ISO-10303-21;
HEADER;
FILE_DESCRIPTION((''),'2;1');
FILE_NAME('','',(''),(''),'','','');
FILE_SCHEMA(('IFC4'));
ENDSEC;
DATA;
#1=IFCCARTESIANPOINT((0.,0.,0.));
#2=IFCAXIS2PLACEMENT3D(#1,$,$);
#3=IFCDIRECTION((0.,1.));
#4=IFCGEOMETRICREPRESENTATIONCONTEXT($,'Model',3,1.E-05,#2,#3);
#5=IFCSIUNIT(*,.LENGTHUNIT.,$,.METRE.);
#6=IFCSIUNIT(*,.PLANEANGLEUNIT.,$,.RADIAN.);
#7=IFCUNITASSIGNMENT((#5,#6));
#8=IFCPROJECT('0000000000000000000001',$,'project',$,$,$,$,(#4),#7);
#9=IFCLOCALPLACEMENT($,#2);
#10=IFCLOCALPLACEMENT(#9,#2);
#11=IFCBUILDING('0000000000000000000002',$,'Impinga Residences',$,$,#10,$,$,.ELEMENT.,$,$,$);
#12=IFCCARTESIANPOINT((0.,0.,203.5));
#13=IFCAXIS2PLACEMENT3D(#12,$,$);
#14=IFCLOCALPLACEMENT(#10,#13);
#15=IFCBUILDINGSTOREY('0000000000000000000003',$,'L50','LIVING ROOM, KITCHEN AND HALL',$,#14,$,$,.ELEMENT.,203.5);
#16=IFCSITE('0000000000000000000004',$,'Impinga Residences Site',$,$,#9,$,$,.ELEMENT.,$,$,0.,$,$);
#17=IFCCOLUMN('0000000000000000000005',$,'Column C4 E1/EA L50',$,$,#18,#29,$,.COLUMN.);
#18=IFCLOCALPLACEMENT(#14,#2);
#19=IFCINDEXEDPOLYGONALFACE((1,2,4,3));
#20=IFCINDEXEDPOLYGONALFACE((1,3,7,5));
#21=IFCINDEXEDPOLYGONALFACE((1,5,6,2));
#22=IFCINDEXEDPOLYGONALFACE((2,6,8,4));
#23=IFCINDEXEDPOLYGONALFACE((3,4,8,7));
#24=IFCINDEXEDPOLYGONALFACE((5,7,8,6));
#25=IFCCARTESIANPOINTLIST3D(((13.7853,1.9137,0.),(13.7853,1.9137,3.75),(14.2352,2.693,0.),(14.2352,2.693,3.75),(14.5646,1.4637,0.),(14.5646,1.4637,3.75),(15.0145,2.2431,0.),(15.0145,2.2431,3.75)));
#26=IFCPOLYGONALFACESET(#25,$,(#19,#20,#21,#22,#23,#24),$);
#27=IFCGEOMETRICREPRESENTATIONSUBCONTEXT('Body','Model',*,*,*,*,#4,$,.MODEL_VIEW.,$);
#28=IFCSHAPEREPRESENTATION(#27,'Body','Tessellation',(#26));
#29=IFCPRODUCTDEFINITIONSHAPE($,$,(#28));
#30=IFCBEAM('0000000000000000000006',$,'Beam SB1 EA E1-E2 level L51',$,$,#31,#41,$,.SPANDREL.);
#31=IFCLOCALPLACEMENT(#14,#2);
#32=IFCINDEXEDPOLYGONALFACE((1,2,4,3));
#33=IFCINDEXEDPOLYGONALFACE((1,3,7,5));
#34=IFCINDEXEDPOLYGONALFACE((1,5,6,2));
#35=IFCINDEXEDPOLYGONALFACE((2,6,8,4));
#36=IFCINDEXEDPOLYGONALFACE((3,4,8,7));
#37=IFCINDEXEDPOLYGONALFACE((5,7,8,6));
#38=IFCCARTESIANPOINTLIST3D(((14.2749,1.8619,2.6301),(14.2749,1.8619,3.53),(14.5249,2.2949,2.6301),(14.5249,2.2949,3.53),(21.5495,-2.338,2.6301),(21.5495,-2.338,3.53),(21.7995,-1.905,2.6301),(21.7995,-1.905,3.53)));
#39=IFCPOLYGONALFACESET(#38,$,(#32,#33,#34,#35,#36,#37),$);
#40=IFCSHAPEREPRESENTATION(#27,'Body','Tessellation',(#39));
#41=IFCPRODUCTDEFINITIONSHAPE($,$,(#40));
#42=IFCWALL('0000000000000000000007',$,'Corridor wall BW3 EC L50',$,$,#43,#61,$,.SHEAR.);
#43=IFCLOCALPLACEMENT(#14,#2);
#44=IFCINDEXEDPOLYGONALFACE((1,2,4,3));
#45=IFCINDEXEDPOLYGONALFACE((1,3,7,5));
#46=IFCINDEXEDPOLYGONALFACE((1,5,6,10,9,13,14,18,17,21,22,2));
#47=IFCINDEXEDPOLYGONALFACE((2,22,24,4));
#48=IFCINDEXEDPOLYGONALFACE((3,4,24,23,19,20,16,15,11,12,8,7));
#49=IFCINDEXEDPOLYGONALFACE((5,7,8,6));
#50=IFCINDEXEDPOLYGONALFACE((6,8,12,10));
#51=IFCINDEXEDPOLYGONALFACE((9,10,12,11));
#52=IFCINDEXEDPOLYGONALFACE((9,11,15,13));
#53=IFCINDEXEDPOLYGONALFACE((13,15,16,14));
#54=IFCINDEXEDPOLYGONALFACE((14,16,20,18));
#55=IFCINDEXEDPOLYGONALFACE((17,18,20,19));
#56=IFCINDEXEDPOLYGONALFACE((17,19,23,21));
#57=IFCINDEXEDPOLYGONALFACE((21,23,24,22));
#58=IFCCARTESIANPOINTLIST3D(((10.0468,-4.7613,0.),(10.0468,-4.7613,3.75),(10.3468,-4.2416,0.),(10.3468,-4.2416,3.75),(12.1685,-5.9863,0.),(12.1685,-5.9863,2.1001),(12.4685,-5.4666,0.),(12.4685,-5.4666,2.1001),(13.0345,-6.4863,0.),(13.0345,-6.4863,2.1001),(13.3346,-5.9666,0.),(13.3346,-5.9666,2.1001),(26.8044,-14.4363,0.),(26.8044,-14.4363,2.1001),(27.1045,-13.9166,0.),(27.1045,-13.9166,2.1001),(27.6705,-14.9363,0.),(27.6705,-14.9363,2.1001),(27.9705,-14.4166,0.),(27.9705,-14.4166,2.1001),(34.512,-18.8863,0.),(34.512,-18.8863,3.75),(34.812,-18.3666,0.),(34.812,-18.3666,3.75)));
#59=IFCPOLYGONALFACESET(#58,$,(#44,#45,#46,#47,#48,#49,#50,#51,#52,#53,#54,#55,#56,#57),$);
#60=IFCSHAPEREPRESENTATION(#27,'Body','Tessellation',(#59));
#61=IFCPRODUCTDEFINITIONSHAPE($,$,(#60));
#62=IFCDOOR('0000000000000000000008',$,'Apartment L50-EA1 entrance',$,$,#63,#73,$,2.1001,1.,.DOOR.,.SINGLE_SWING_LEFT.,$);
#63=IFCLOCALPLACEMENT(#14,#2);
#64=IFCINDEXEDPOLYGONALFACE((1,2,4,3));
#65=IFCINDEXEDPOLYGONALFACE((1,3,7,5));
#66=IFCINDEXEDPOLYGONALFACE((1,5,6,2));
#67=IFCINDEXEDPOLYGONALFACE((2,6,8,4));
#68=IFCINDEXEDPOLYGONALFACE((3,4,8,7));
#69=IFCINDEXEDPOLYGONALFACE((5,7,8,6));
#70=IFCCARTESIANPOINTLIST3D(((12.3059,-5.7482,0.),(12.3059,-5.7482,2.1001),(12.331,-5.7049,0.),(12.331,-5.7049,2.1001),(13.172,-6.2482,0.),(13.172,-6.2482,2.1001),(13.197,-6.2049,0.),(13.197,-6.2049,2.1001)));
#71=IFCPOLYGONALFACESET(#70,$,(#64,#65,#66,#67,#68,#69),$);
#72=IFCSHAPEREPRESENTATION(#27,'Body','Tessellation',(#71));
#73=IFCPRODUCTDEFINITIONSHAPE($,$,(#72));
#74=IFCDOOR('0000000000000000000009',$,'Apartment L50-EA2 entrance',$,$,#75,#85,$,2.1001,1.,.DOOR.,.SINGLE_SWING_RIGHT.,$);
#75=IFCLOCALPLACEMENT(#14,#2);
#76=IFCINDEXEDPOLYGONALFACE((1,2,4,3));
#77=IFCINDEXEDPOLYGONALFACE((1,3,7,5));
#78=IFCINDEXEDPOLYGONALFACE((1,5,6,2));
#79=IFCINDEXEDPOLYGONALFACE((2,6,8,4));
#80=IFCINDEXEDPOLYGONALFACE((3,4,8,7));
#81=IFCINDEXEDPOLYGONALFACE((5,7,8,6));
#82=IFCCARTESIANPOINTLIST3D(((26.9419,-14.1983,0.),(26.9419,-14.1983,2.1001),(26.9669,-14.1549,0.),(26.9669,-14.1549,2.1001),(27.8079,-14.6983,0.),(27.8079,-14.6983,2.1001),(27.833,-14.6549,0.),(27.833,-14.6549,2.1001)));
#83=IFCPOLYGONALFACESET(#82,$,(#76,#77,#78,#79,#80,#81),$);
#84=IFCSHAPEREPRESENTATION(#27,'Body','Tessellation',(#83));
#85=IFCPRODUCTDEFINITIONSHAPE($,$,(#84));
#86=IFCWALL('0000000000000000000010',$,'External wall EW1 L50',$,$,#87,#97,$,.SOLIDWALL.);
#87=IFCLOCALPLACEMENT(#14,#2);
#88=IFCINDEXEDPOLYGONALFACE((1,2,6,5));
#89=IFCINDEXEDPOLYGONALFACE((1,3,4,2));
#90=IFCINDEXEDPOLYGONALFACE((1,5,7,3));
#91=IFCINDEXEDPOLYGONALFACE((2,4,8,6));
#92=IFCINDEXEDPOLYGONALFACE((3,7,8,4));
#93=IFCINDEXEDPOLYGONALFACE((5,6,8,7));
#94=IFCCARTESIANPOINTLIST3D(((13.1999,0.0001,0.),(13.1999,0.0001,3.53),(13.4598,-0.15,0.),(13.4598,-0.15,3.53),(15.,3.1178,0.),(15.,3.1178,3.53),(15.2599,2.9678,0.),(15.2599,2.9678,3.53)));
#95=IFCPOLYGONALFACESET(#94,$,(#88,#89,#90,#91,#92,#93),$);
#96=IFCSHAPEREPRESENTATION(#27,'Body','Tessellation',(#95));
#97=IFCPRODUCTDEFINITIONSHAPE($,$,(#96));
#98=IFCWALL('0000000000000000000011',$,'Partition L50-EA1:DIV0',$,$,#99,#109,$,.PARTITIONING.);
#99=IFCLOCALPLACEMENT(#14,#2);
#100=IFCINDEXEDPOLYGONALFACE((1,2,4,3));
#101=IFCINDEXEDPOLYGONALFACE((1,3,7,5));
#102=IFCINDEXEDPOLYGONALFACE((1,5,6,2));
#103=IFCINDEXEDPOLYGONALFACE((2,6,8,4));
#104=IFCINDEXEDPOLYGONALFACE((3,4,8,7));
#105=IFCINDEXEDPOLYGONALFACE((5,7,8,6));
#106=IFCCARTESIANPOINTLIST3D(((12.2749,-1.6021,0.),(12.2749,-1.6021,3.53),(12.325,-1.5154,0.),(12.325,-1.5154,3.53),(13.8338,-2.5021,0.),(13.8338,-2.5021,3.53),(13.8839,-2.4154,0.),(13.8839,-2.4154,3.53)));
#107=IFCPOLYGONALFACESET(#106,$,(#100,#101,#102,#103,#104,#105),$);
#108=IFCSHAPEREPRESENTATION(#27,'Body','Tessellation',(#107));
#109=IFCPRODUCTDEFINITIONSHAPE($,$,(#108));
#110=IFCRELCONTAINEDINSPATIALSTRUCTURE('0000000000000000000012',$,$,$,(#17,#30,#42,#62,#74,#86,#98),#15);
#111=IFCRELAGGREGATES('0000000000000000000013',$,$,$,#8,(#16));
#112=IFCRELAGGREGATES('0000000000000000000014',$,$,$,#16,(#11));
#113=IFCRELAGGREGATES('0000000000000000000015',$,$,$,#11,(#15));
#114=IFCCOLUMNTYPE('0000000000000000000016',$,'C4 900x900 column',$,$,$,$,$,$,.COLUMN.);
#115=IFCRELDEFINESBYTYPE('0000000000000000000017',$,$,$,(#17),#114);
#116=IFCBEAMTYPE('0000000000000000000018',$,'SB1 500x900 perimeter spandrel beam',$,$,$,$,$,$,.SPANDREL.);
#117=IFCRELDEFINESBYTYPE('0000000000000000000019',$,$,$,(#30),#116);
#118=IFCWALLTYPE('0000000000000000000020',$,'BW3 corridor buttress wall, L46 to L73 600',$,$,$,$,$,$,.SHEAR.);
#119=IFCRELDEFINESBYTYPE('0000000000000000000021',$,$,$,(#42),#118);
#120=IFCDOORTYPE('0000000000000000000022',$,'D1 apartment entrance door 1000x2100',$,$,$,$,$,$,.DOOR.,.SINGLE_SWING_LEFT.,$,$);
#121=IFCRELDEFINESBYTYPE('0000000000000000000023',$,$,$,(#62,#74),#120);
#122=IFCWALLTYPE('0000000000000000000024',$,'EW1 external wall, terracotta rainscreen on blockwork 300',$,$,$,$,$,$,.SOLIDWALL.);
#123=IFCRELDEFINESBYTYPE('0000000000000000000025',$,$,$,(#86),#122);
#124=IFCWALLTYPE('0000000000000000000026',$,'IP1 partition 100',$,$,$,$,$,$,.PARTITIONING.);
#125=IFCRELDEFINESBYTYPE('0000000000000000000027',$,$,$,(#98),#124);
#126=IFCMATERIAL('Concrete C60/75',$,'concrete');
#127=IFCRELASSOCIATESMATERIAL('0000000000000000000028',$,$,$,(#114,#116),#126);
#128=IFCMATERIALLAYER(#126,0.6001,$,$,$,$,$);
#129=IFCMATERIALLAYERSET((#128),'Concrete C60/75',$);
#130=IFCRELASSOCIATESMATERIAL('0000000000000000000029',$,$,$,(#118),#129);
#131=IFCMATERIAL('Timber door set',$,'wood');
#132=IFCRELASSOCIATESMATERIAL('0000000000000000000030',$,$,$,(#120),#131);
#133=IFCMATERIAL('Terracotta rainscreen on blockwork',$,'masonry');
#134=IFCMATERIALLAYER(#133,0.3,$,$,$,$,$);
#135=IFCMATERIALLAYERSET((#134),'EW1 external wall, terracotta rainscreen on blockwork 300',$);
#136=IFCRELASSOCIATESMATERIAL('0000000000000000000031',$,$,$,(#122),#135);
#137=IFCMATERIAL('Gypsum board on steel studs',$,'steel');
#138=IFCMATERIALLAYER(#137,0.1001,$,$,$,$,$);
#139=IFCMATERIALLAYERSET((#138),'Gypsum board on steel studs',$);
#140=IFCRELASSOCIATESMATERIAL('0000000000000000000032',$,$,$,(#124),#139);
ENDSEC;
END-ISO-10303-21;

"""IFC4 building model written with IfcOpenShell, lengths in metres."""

from ifc_helpers import new_model, si_unit, direction, frame, frame_2d, origin, origin_2d, place, context, subcontext, project, spatial, rectangle, extrude, material, layer, layer_set, material_profile, profile_set, type_object, element, fill, save


model = new_model("IFC4")

# Units and contexts
model_context = context("Model", 3, precision=1e-05, world=origin(), true_north=direction((0.0, 1.0)))
body_context = subcontext(model_context, "Body", "Model", "MODEL_VIEW")
ifc_project = project(units=[si_unit("LENGTHUNIT", "METRE"), si_unit("PLANEANGLEUNIT", "RADIAN")], contexts=[model_context])

# Site, building, storey
site_placement = place(None, origin())
site = spatial("IfcSite", under=ifc_project, at=site_placement, Name="Impinga Residences Site", CompositionType="ELEMENT", RefElevation=0.0)
building_placement = place(site_placement, origin())
building = spatial("IfcBuilding", under=site, at=building_placement, Name="Impinga Residences", CompositionType="ELEMENT")
storey_placement = place(building_placement, frame((0.0, 0.0, 203.5)))
storey = spatial("IfcBuildingStorey", under=building, at=storey_placement, Name="L50", Description="LIVING ROOM, KITCHEN AND HALL", CompositionType="ELEMENT", Elevation=203.5)

# Column
ifc_material_1 = material(Name="Concrete C60/75", Category="concrete")
ifc_material_profile_1 = material_profile(ifc_material_1, rectangle(XDim=0.8999, YDim=0.8999, at=origin_2d()), Name="RC 900x900")
ifc_profile_set_1 = profile_set([ifc_material_profile_1], Name="Concrete C60/75")
column_type = type_object("IfcColumnType", Name="C4 900x900 column", PredefinedType="COLUMN", material=ifc_profile_set_1)
column_placement = place(storey_placement, frame((14.3999, 2.0784, 0.0), z_axis=(0.0, 0.0, 1.0), x_axis=(-0.5, -0.866025, 0.0)))
element("IfcColumn", 1, at=column_placement, inside=storey, type_object=column_type, Name="Column C4 E1/EA L50", PredefinedType="COLUMN", context=body_context, shape_type="SweptSolid", body=[
    extrude(rectangle(XDim=0.8999, YDim=0.8999, at=origin_2d()), origin(), (0.0, 0.0, 1.0), 3.75),
])

# Beam
ifc_material_profile_2 = material_profile(ifc_material_1, rectangle(XDim=0.5, YDim=0.8999, at=origin_2d()), Name="RC 500x900")
ifc_profile_set_2 = profile_set([ifc_material_profile_2], Name="Concrete C60/75")
beam_type = type_object("IfcBeamType", Name="SB1 500x900 perimeter spandrel beam", PredefinedType="SPANDREL", material=ifc_profile_set_2)
beam_placement = place(storey_placement, frame((14.3999, 2.0784, 3.0801), z_axis=(0.866029, -0.499993, 0.0), x_axis=(0.499993, 0.866029, 0.0)))
element("IfcBeam", 2, at=beam_placement, inside=storey, type_object=beam_type, Name="Beam SB1 EA E1-E2 level L51", PredefinedType="SPANDREL", context=body_context, shape_type="SweptSolid", body=[
    extrude(rectangle(XDim=0.5, YDim=0.8999, at=origin_2d()), origin(), (0.0, 0.0, 1.0), 8.3999),
])

# Wall, openings, doors
ifc_layer_1 = layer(ifc_material_1, 0.6001)
ifc_layer_set_1 = layer_set([ifc_layer_1], Name="Concrete C60/75")
wall_type_1 = type_object("IfcWallType", Name="BW3 corridor buttress wall, L46 to L73 600", PredefinedType="SHEAR", material=ifc_layer_set_1)
wall_1_placement = place(storey_placement, frame((10.1968, -4.5015, 0.0), z_axis=(0.0, 0.0, 1.0), x_axis=(0.866026, -0.499998, 0.0)))
wall_1 = element("IfcWall", 3, at=wall_1_placement, inside=storey, type_object=wall_type_1, Name="Corridor wall BW3 EC L50", PredefinedType="SHEAR", context=body_context, shape_type="SweptSolid", body=[
    extrude(rectangle(XDim=28.25, YDim=0.6001, at=frame_2d((14.125, 0.0))), origin(), (0.0, 0.0, 1.0), 3.75),
])
opening_1_placement = place(wall_1_placement, frame((2.45, 0.0, 0.0)))
opening_1 = element("IfcOpeningElement", 4, at=opening_1_placement, cuts=wall_1, PredefinedType="OPENING", context=body_context, shape_type="SweptSolid", body=[
    extrude(rectangle(XDim=1.0, YDim=2.1001, at=frame_2d((0.5, 1.05))), frame((0.0, 0.3101, 0.0), z_axis=(0.0, -1.0, 0.0), x_axis=(1.0, 0.0, 0.0)), (0.0, 0.0, 1.0), 0.6201),
])
opening_2_placement = place(wall_1_placement, frame((19.3501, 0.0, 0.0)))
opening_2 = element("IfcOpeningElement", 5, at=opening_2_placement, cuts=wall_1, PredefinedType="OPENING", context=body_context, shape_type="SweptSolid", body=[
    extrude(rectangle(XDim=1.0, YDim=2.1001, at=frame_2d((0.5, 1.05))), frame((0.0, 0.3101, 0.0), z_axis=(0.0, -1.0, 0.0), x_axis=(1.0, 0.0, 0.0)), (0.0, 0.0, 1.0), 0.6201),
])
ifc_material_2 = material(Name="Timber door set", Category="wood")
door_type_1 = type_object("IfcDoorType", Name="D1 apartment entrance door 1000x2100", OperationType="SINGLE_SWING_LEFT", PredefinedType="DOOR", material=ifc_material_2)
door_1_placement = place(opening_1_placement, origin())
door_1 = element("IfcDoor", 6, at=door_1_placement, inside=storey, type_object=door_type_1, Name="Apartment L50-EA1 entrance", OperationType="SINGLE_SWING_LEFT", OverallHeight=2.1001, OverallWidth=1.0, PredefinedType="DOOR", context=body_context, shape_type="SweptSolid", body=[
    extrude(rectangle(XDim=1.0, YDim=2.1001, at=frame_2d((0.5, 1.05))), frame((0.0, 0.0249, 0.0), z_axis=(0.0, -1.0, 0.0), x_axis=(1.0, 0.0, 0.0)), (0.0, 0.0, 1.0), 0.05),
])
fill(opening_1, door_1)
door_2_placement = place(opening_2_placement, origin())
door_2 = element("IfcDoor", 7, at=door_2_placement, inside=storey, type_object=door_type_1, Name="Apartment L50-EA2 entrance", OperationType="SINGLE_SWING_RIGHT", OverallHeight=2.1001, OverallWidth=1.0, PredefinedType="DOOR", context=body_context, shape_type="SweptSolid", body=[
    extrude(rectangle(XDim=1.0, YDim=2.1001, at=frame_2d((0.5, 1.05))), frame((0.0, 0.0249, 0.0), z_axis=(0.0, -1.0, 0.0), x_axis=(1.0, 0.0, 0.0)), (0.0, 0.0, 1.0), 0.05),
])
fill(opening_2, door_2)

# Walls
ifc_material_3 = material(Name="Terracotta rainscreen on blockwork", Category="masonry")
ifc_layer_2 = layer(ifc_material_3, 0.3)
ifc_layer_set_2 = layer_set([ifc_layer_2], Name="EW1 external wall, terracotta rainscreen on blockwork 300")
wall_type_2 = type_object("IfcWallType", Name="EW1 external wall, terracotta rainscreen on blockwork 300", PredefinedType="SOLIDWALL", material=ifc_layer_set_2)
wall_2_placement = place(storey_placement, frame((13.3298, -0.075, 0.0), z_axis=(0.0, 0.0, 1.0), x_axis=(0.500012, 0.866018, 0.0)))
element("IfcWall", 8, at=wall_2_placement, inside=storey, type_object=wall_type_2, Name="External wall EW1 L50", PredefinedType="SOLIDWALL", context=body_context, shape_type="SweptSolid", body=[
    extrude(rectangle(XDim=3.6001, YDim=0.3, at=frame_2d((1.8, 0.0))), origin(), (0.0, 0.0, 1.0), 3.53),
])
ifc_material_4 = material(Name="Gypsum board on steel studs", Category="steel")
ifc_layer_3 = layer(ifc_material_4, 0.1001)
ifc_layer_set_3 = layer_set([ifc_layer_3], Name="Gypsum board on steel studs")
wall_type_3 = type_object("IfcWallType", Name="IP1 partition 100", PredefinedType="PARTITIONING", material=ifc_layer_set_3)
wall_3_placement = place(storey_placement, frame((12.3, -1.5588, 0.0), z_axis=(0.0, 0.0, 1.0), x_axis=(0.866048, -0.499961, 0.0)))
element("IfcWall", 9, at=wall_3_placement, inside=storey, type_object=wall_type_3, Name="Partition L50-EA1:DIV0", PredefinedType="PARTITIONING", context=body_context, shape_type="SweptSolid", body=[
    extrude(rectangle(XDim=1.8, YDim=0.1001, at=frame_2d((0.8999, 0.0))), origin(), (0.0, 0.0, 1.0), 3.53),
])

save(model, "model.ifc")
